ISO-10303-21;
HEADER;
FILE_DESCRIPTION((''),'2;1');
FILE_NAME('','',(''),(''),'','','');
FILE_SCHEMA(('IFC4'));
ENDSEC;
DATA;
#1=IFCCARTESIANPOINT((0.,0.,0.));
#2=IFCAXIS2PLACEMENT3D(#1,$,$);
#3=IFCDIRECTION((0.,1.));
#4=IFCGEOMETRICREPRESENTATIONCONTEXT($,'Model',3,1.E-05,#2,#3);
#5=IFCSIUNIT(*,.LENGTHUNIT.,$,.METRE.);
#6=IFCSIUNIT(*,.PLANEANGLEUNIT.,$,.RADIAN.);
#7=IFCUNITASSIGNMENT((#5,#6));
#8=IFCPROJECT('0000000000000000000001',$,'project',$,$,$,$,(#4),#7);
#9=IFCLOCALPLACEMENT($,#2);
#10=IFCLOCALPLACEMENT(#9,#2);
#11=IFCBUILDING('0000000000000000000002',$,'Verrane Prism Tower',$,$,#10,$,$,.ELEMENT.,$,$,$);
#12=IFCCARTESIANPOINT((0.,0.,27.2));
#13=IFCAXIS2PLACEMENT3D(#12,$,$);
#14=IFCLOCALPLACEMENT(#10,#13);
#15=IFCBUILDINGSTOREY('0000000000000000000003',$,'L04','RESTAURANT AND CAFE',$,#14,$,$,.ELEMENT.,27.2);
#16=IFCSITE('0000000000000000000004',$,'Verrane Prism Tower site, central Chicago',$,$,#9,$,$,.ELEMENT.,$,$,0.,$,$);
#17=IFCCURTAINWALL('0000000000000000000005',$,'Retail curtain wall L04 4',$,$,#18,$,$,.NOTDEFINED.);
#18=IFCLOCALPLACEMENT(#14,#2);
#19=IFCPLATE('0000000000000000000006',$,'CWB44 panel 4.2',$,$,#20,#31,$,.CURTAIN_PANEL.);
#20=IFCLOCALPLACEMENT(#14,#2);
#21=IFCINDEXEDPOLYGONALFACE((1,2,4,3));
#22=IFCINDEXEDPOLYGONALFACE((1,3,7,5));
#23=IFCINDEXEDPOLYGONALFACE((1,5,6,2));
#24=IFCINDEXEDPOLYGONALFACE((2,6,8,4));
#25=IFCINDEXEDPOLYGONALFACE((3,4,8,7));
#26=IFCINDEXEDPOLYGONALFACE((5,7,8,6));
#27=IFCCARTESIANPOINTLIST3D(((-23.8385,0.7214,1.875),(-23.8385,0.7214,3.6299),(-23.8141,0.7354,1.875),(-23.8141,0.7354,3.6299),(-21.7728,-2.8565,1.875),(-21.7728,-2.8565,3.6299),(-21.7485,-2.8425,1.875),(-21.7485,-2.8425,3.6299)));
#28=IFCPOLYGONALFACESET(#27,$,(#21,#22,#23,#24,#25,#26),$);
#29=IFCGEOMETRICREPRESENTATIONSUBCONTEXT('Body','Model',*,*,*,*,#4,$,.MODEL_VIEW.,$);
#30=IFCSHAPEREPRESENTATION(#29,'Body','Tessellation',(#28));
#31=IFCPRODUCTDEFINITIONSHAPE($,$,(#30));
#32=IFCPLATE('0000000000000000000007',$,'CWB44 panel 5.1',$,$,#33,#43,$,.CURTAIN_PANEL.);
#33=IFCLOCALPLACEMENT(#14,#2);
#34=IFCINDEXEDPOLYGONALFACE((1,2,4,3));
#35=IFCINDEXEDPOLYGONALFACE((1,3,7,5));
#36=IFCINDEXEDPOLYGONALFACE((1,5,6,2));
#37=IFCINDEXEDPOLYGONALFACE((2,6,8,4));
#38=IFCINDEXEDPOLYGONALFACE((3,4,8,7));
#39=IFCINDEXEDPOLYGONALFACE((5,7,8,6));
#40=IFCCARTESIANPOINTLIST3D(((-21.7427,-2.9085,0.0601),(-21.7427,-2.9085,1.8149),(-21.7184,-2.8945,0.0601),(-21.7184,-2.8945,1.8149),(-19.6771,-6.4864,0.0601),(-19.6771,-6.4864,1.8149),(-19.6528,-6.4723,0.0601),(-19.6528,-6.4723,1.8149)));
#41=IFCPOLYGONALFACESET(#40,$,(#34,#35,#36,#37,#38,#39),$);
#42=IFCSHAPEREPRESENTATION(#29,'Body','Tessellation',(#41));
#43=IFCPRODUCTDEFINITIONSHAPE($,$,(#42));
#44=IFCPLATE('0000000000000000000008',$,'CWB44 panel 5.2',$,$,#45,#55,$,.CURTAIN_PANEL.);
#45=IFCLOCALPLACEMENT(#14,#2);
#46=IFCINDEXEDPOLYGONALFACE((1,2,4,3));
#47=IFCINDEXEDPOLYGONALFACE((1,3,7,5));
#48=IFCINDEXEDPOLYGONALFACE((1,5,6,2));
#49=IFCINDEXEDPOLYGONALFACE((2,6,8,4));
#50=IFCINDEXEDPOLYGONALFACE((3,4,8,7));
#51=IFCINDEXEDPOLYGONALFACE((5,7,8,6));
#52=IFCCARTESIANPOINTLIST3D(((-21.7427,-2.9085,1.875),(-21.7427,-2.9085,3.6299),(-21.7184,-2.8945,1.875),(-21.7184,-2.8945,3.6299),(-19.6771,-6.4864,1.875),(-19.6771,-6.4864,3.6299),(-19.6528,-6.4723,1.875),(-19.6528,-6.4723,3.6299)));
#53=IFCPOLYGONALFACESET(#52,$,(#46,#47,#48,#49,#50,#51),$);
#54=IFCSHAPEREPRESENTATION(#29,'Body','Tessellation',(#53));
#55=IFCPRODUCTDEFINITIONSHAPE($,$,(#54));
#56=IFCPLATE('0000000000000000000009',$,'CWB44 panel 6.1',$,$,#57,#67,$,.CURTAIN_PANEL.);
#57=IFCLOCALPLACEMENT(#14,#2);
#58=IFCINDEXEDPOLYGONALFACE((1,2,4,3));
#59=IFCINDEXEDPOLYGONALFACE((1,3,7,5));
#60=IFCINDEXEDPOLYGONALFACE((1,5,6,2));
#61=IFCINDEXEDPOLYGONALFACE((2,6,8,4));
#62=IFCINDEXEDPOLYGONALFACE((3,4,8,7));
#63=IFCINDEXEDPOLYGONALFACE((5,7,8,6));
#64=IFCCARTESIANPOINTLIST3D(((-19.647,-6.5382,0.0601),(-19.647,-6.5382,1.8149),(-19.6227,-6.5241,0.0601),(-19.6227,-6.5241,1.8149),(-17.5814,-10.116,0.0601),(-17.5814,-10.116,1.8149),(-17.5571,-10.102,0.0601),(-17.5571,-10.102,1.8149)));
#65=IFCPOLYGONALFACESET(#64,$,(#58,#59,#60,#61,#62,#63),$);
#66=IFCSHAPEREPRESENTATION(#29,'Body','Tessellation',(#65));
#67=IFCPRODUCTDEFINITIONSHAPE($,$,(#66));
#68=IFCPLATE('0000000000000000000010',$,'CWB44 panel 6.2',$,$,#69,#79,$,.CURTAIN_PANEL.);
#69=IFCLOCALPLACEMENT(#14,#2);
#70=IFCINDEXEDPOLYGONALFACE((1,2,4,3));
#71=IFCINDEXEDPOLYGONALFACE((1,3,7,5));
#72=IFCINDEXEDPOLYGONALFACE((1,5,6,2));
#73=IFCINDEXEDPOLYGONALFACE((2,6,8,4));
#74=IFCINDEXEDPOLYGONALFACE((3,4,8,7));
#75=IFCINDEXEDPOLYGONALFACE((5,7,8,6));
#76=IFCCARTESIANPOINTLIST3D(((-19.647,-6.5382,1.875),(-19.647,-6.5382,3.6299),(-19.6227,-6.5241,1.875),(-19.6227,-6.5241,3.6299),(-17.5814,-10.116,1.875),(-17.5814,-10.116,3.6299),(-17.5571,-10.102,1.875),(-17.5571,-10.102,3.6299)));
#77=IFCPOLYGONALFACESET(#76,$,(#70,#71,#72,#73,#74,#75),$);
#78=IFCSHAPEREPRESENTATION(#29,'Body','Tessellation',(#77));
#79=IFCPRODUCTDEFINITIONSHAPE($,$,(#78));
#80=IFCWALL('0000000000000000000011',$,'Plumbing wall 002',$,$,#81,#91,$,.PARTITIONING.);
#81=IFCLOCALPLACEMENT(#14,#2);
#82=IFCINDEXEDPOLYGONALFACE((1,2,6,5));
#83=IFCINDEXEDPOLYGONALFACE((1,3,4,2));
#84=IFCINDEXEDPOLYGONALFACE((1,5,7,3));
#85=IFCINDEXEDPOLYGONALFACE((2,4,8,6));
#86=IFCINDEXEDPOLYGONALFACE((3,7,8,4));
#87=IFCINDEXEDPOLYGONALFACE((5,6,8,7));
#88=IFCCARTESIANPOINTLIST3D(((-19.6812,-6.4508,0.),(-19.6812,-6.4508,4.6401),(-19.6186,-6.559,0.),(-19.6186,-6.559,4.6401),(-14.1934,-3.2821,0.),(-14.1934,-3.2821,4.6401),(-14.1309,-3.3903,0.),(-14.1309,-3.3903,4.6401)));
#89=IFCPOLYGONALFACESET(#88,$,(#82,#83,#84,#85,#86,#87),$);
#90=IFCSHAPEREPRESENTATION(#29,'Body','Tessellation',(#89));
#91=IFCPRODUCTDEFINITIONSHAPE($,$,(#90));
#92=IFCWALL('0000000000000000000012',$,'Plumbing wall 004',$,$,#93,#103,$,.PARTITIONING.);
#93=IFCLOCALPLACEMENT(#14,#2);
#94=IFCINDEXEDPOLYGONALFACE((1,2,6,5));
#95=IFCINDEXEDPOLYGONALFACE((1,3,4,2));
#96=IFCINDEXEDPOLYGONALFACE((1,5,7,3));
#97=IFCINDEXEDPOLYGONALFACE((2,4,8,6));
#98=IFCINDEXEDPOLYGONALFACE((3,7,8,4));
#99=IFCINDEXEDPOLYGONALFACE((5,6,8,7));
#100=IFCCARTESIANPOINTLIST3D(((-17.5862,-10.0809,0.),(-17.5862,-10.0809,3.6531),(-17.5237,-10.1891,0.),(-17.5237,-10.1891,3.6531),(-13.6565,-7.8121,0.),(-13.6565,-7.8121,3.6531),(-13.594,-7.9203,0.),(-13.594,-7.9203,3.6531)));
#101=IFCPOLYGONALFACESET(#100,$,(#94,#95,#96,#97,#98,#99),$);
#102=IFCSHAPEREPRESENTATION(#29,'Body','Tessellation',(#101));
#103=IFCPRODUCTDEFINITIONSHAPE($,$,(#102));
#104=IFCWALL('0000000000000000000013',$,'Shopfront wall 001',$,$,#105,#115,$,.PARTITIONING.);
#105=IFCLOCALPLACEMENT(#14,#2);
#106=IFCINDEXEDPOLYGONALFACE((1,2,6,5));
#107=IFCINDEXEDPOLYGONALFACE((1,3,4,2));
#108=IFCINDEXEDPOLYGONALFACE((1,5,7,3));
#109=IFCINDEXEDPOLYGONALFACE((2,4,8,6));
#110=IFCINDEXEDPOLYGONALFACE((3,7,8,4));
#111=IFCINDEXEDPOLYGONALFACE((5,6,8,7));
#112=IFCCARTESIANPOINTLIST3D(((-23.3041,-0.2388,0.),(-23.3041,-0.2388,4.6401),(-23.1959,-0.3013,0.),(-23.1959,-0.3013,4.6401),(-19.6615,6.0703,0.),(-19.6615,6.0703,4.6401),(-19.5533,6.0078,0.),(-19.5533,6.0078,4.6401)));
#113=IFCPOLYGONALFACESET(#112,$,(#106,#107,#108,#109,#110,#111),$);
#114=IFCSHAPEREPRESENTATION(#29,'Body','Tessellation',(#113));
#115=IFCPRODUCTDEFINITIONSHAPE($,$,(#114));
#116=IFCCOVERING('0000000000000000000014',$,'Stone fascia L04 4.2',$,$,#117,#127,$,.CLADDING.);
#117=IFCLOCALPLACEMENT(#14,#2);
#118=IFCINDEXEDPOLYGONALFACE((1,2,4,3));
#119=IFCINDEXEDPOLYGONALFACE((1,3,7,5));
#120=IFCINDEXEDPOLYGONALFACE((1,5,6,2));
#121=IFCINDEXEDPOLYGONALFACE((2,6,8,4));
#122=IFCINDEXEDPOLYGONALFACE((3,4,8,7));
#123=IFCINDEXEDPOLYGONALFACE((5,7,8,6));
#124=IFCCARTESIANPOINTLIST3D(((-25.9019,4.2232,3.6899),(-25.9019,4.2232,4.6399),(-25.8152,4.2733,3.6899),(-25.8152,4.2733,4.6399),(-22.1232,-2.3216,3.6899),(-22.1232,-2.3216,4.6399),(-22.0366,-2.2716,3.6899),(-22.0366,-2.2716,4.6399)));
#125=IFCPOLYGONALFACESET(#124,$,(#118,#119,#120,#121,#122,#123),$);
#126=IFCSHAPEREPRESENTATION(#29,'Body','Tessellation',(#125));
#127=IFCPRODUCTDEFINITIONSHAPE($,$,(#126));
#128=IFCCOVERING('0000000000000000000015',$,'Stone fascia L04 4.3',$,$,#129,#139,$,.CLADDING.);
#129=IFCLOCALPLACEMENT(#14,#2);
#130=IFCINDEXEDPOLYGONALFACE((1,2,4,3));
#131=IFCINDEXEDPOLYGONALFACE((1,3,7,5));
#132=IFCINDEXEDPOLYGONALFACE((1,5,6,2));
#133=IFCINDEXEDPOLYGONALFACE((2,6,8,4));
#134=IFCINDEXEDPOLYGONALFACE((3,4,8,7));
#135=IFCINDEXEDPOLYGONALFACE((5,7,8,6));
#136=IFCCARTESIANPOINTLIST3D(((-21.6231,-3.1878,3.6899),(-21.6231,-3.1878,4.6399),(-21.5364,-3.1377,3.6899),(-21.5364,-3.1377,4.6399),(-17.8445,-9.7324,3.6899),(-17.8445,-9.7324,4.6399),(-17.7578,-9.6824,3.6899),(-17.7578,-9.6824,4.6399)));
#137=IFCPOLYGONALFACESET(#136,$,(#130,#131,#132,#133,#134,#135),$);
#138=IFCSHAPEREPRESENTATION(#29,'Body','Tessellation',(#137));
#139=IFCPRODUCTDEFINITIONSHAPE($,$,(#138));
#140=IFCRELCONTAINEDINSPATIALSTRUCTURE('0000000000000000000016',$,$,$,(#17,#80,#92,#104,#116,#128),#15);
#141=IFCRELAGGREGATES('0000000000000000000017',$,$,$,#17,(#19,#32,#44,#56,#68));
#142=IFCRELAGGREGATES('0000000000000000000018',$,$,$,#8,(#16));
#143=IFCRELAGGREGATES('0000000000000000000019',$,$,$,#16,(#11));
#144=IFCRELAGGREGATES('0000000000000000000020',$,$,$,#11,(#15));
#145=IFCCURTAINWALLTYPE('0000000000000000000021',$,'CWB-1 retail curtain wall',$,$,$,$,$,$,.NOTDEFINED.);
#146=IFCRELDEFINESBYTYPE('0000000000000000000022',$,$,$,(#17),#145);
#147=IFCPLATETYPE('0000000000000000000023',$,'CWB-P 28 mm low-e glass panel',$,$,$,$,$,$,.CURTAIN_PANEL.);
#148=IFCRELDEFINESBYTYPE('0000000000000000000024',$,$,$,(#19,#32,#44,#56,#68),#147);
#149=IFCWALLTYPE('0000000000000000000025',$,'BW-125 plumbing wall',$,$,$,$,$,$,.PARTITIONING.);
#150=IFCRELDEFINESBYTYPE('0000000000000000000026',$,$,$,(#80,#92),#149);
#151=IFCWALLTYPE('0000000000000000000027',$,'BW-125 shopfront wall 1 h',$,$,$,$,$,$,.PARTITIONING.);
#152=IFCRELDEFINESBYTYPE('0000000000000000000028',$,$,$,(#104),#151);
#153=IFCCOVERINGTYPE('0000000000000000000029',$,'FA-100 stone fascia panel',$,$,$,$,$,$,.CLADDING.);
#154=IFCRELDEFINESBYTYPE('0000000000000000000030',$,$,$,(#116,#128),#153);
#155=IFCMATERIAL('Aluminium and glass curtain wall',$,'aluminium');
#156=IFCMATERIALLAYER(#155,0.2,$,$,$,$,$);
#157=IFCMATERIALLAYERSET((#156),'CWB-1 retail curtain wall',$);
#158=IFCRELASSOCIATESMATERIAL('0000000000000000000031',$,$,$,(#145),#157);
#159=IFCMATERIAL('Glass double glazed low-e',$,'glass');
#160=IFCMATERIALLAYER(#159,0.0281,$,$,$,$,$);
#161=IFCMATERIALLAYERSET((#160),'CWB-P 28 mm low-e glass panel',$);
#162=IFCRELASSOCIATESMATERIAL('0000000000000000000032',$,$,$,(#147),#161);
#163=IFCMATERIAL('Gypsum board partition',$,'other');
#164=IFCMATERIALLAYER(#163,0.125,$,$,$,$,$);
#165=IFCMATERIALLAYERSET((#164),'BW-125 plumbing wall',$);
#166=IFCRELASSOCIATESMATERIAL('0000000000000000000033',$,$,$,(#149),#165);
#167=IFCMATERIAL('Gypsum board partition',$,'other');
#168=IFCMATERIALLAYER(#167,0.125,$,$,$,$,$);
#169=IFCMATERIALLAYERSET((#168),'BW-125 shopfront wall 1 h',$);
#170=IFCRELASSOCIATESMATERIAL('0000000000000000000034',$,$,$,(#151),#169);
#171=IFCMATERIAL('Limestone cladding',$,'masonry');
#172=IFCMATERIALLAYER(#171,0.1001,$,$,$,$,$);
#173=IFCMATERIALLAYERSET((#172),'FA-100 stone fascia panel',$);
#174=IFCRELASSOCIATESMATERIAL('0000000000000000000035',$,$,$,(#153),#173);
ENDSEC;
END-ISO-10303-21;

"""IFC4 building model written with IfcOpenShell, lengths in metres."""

from ifc_helpers import new_model, si_unit, direction, frame, frame_2d, origin, origin_2d, place, context, subcontext, project, spatial, rectangle, extrude, material, layer, layer_set, type_object, element, aggregate, save


model = new_model("IFC4")

# Units and contexts
model_context = context("Model", 3, precision=1e-05, world=origin(), true_north=direction((0.0, 1.0)))
body_context = subcontext(model_context, "Body", "Model", "MODEL_VIEW")
ifc_project = project(units=[si_unit("LENGTHUNIT", "METRE"), si_unit("PLANEANGLEUNIT", "RADIAN")], contexts=[model_context])

# Site, building, storey
site_placement = place(None, origin())
site = spatial("IfcSite", under=ifc_project, at=site_placement, Name="Verrane Prism Tower site, central Chicago", CompositionType="ELEMENT", RefElevation=0.0)
building_placement = place(site_placement, origin())
building = spatial("IfcBuilding", under=site, at=building_placement, Name="Verrane Prism Tower", CompositionType="ELEMENT")
storey_placement = place(building_placement, frame((0.0, 0.0, 27.2)))
storey = spatial("IfcBuildingStorey", under=building, at=storey_placement, Name="L04", Description="RESTAURANT AND CAFE", CompositionType="ELEMENT", Elevation=27.2)

# Curtain wall
ifc_material_1 = material(Name="Aluminium and glass curtain wall", Category="aluminium")
ifc_layer_1 = layer(ifc_material_1, 0.2)
ifc_layer_set_1 = layer_set([ifc_layer_1], Name="CWB-1 retail curtain wall")
curtain_wall_type = type_object("IfcCurtainWallType", Name="CWB-1 retail curtain wall", PredefinedType="NOTDEFINED", material=ifc_layer_set_1)
curtain_wall_placement = place(storey_placement, origin())
curtain_wall = element("IfcCurtainWall", 1, at=curtain_wall_placement, inside=storey, type_object=curtain_wall_type, Name="Retail curtain wall L04 4", PredefinedType="NOTDEFINED")

# Plates
ifc_material_2 = material(Name="Glass double glazed low-e", Category="glass")
ifc_layer_2 = layer(ifc_material_2, 0.0281)
ifc_layer_set_2 = layer_set([ifc_layer_2], Name="CWB-P 28 mm low-e glass panel")
plate_type = type_object("IfcPlateType", Name="CWB-P 28 mm low-e glass panel", PredefinedType="CURTAIN_PANEL", material=ifc_layer_set_2)
plate_1_placement = place(storey_placement, frame((-22.7935, -1.0605, 1.875), z_axis=(0.0, 0.0, 1.0), x_axis=(0.5, -0.866025, 0.0)))
plate_1 = element("IfcPlate", 2, at=plate_1_placement, type_object=plate_type, Name="CWB44 panel 4.2", PredefinedType="CURTAIN_PANEL", context=body_context, shape_type="SweptSolid", body=[
    extrude(rectangle(XDim=4.1313, YDim=0.0281, at=origin_2d()), origin(), (0.0, 0.0, 1.0), 1.7549),
])
plate_2_placement = place(storey_placement, frame((-20.6978, -4.6904, 0.0601), z_axis=(0.0, 0.0, 1.0), x_axis=(0.5, -0.866025, 0.0)))
plate_2 = element("IfcPlate", 3, at=plate_2_placement, type_object=plate_type, Name="CWB44 panel 5.1", PredefinedType="CURTAIN_PANEL", context=body_context, shape_type="SweptSolid", body=[
    extrude(rectangle(XDim=4.1313, YDim=0.0281, at=origin_2d()), origin(), (0.0, 0.0, 1.0), 1.7549),
])
plate_3_placement = place(storey_placement, frame((-20.6978, -4.6904, 1.875), z_axis=(0.0, 0.0, 1.0), x_axis=(0.5, -0.866025, 0.0)))
plate_3 = element("IfcPlate", 4, at=plate_3_placement, type_object=plate_type, Name="CWB44 panel 5.2", PredefinedType="CURTAIN_PANEL", context=body_context, shape_type="SweptSolid", body=[
    extrude(rectangle(XDim=4.1313, YDim=0.0281, at=origin_2d()), origin(), (0.0, 0.0, 1.0), 1.7549),
])
plate_4_placement = place(storey_placement, frame((-18.6021, -8.3201, 0.0601), z_axis=(0.0, 0.0, 1.0), x_axis=(0.5, -0.866025, 0.0)))
plate_4 = element("IfcPlate", 5, at=plate_4_placement, type_object=plate_type, Name="CWB44 panel 6.1", PredefinedType="CURTAIN_PANEL", context=body_context, shape_type="SweptSolid", body=[
    extrude(rectangle(XDim=4.1313, YDim=0.0281, at=origin_2d()), origin(), (0.0, 0.0, 1.0), 1.7549),
])
plate_5_placement = place(storey_placement, frame((-18.6021, -8.3201, 1.875), z_axis=(0.0, 0.0, 1.0), x_axis=(0.5, -0.866025, 0.0)))
plate_5 = element("IfcPlate", 6, at=plate_5_placement, type_object=plate_type, Name="CWB44 panel 6.2", PredefinedType="CURTAIN_PANEL", context=body_context, shape_type="SweptSolid", body=[
    extrude(rectangle(XDim=4.1313, YDim=0.0281, at=origin_2d()), origin(), (0.0, 0.0, 1.0), 1.7549),
])
aggregate(curtain_wall, [plate_1, plate_2, plate_3, plate_4, plate_5])

# Walls
ifc_material_3 = material(Name="Gypsum board partition", Category="other")
ifc_layer_3 = layer(ifc_material_3, 0.125)
ifc_layer_set_3 = layer_set([ifc_layer_3], Name="BW-125 plumbing wall")
wall_type_1 = type_object("IfcWallType", Name="BW-125 plumbing wall", PredefinedType="PARTITIONING", material=ifc_layer_set_3)
wall_1_placement = place(storey_placement, frame((-19.6499, -6.5049, 0.0), z_axis=(0.0, 0.0, 1.0), x_axis=(0.866003, 0.500038, 0.0)))
element("IfcWall", 7, at=wall_1_placement, inside=storey, type_object=wall_type_1, Name="Plumbing wall 002", PredefinedType="PARTITIONING", context=body_context, shape_type="SweptSolid", body=[
    extrude(rectangle(XDim=6.3369, YDim=0.125, at=frame_2d((3.1685, 0.0))), origin(), (0.0, 0.0, 1.0), 4.6401),
])
wall_2_placement = place(storey_placement, frame((-17.5549, -10.135, 0.0), z_axis=(0.0, 0.0, 1.0), x_axis=(0.866026, 0.499999, 0.0)))
element("IfcWall", 8, at=wall_2_placement, inside=storey, type_object=wall_type_1, Name="Plumbing wall 004", PredefinedType="PARTITIONING", context=body_context, shape_type="SweptSolid", body=[
    extrude(rectangle(XDim=4.5376, YDim=0.125, at=frame_2d((2.2688, 0.0))), origin(), (0.0, 0.0, 1.0), 3.6531),
])
ifc_material_4 = material(Name="Gypsum board partition", Category="other")
ifc_layer_4 = layer(ifc_material_4, 0.125)
ifc_layer_set_4 = layer_set([ifc_layer_4], Name="BW-125 shopfront wall 1 h")
wall_type_2 = type_object("IfcWallType", Name="BW-125 shopfront wall 1 h", PredefinedType="PARTITIONING", material=ifc_layer_set_4)
wall_3_placement = place(storey_placement, frame((-23.25, -0.27, 0.0), z_axis=(0.0, 0.0, 1.0), x_axis=(0.500003, 0.866024, 0.0)))
element("IfcWall", 9, at=wall_3_placement, inside=storey, type_object=wall_type_2, Name="Shopfront wall 001", PredefinedType="PARTITIONING", context=body_context, shape_type="SweptSolid", body=[
    extrude(rectangle(XDim=7.2852, YDim=0.125, at=frame_2d((3.6426, 0.0))), origin(), (0.0, 0.0, 1.0), 4.6401),
])

# Coverings
ifc_material_5 = material(Name="Limestone cladding", Category="masonry")
ifc_layer_5 = layer(ifc_material_5, 0.1001)
ifc_layer_set_5 = layer_set([ifc_layer_5], Name="FA-100 stone fascia panel")
covering_type = type_object("IfcCoveringType", Name="FA-100 stone fascia panel", PredefinedType="CLADDING", material=ifc_layer_set_5)
covering_1_placement = place(storey_placement, frame((-23.9692, 0.9758, 3.6899), z_axis=(0.0, 0.0, 1.0), x_axis=(0.5, -0.866025, 0.0)))
element("IfcCovering", 10, at=covering_1_placement, inside=storey, type_object=covering_type, Name="Stone fascia L04 4.2", PredefinedType="CLADDING", context=body_context, shape_type="SweptSolid", body=[
    extrude(rectangle(XDim=7.5574, YDim=0.1001, at=origin_2d()), origin(), (0.0, 0.0, 1.0), 0.95),
])
covering_2_placement = place(storey_placement, frame((-19.6904, -6.4351, 3.6899), z_axis=(0.0, 0.0, 1.0), x_axis=(0.5, -0.866025, 0.0)))
element("IfcCovering", 11, at=covering_2_placement, inside=storey, type_object=covering_type, Name="Stone fascia L04 4.3", PredefinedType="CLADDING", context=body_context, shape_type="SweptSolid", body=[
    extrude(rectangle(XDim=7.5571, YDim=0.1001, at=origin_2d()), origin(), (0.0, 0.0, 1.0), 0.95),
])

save(model, "model.ifc")
